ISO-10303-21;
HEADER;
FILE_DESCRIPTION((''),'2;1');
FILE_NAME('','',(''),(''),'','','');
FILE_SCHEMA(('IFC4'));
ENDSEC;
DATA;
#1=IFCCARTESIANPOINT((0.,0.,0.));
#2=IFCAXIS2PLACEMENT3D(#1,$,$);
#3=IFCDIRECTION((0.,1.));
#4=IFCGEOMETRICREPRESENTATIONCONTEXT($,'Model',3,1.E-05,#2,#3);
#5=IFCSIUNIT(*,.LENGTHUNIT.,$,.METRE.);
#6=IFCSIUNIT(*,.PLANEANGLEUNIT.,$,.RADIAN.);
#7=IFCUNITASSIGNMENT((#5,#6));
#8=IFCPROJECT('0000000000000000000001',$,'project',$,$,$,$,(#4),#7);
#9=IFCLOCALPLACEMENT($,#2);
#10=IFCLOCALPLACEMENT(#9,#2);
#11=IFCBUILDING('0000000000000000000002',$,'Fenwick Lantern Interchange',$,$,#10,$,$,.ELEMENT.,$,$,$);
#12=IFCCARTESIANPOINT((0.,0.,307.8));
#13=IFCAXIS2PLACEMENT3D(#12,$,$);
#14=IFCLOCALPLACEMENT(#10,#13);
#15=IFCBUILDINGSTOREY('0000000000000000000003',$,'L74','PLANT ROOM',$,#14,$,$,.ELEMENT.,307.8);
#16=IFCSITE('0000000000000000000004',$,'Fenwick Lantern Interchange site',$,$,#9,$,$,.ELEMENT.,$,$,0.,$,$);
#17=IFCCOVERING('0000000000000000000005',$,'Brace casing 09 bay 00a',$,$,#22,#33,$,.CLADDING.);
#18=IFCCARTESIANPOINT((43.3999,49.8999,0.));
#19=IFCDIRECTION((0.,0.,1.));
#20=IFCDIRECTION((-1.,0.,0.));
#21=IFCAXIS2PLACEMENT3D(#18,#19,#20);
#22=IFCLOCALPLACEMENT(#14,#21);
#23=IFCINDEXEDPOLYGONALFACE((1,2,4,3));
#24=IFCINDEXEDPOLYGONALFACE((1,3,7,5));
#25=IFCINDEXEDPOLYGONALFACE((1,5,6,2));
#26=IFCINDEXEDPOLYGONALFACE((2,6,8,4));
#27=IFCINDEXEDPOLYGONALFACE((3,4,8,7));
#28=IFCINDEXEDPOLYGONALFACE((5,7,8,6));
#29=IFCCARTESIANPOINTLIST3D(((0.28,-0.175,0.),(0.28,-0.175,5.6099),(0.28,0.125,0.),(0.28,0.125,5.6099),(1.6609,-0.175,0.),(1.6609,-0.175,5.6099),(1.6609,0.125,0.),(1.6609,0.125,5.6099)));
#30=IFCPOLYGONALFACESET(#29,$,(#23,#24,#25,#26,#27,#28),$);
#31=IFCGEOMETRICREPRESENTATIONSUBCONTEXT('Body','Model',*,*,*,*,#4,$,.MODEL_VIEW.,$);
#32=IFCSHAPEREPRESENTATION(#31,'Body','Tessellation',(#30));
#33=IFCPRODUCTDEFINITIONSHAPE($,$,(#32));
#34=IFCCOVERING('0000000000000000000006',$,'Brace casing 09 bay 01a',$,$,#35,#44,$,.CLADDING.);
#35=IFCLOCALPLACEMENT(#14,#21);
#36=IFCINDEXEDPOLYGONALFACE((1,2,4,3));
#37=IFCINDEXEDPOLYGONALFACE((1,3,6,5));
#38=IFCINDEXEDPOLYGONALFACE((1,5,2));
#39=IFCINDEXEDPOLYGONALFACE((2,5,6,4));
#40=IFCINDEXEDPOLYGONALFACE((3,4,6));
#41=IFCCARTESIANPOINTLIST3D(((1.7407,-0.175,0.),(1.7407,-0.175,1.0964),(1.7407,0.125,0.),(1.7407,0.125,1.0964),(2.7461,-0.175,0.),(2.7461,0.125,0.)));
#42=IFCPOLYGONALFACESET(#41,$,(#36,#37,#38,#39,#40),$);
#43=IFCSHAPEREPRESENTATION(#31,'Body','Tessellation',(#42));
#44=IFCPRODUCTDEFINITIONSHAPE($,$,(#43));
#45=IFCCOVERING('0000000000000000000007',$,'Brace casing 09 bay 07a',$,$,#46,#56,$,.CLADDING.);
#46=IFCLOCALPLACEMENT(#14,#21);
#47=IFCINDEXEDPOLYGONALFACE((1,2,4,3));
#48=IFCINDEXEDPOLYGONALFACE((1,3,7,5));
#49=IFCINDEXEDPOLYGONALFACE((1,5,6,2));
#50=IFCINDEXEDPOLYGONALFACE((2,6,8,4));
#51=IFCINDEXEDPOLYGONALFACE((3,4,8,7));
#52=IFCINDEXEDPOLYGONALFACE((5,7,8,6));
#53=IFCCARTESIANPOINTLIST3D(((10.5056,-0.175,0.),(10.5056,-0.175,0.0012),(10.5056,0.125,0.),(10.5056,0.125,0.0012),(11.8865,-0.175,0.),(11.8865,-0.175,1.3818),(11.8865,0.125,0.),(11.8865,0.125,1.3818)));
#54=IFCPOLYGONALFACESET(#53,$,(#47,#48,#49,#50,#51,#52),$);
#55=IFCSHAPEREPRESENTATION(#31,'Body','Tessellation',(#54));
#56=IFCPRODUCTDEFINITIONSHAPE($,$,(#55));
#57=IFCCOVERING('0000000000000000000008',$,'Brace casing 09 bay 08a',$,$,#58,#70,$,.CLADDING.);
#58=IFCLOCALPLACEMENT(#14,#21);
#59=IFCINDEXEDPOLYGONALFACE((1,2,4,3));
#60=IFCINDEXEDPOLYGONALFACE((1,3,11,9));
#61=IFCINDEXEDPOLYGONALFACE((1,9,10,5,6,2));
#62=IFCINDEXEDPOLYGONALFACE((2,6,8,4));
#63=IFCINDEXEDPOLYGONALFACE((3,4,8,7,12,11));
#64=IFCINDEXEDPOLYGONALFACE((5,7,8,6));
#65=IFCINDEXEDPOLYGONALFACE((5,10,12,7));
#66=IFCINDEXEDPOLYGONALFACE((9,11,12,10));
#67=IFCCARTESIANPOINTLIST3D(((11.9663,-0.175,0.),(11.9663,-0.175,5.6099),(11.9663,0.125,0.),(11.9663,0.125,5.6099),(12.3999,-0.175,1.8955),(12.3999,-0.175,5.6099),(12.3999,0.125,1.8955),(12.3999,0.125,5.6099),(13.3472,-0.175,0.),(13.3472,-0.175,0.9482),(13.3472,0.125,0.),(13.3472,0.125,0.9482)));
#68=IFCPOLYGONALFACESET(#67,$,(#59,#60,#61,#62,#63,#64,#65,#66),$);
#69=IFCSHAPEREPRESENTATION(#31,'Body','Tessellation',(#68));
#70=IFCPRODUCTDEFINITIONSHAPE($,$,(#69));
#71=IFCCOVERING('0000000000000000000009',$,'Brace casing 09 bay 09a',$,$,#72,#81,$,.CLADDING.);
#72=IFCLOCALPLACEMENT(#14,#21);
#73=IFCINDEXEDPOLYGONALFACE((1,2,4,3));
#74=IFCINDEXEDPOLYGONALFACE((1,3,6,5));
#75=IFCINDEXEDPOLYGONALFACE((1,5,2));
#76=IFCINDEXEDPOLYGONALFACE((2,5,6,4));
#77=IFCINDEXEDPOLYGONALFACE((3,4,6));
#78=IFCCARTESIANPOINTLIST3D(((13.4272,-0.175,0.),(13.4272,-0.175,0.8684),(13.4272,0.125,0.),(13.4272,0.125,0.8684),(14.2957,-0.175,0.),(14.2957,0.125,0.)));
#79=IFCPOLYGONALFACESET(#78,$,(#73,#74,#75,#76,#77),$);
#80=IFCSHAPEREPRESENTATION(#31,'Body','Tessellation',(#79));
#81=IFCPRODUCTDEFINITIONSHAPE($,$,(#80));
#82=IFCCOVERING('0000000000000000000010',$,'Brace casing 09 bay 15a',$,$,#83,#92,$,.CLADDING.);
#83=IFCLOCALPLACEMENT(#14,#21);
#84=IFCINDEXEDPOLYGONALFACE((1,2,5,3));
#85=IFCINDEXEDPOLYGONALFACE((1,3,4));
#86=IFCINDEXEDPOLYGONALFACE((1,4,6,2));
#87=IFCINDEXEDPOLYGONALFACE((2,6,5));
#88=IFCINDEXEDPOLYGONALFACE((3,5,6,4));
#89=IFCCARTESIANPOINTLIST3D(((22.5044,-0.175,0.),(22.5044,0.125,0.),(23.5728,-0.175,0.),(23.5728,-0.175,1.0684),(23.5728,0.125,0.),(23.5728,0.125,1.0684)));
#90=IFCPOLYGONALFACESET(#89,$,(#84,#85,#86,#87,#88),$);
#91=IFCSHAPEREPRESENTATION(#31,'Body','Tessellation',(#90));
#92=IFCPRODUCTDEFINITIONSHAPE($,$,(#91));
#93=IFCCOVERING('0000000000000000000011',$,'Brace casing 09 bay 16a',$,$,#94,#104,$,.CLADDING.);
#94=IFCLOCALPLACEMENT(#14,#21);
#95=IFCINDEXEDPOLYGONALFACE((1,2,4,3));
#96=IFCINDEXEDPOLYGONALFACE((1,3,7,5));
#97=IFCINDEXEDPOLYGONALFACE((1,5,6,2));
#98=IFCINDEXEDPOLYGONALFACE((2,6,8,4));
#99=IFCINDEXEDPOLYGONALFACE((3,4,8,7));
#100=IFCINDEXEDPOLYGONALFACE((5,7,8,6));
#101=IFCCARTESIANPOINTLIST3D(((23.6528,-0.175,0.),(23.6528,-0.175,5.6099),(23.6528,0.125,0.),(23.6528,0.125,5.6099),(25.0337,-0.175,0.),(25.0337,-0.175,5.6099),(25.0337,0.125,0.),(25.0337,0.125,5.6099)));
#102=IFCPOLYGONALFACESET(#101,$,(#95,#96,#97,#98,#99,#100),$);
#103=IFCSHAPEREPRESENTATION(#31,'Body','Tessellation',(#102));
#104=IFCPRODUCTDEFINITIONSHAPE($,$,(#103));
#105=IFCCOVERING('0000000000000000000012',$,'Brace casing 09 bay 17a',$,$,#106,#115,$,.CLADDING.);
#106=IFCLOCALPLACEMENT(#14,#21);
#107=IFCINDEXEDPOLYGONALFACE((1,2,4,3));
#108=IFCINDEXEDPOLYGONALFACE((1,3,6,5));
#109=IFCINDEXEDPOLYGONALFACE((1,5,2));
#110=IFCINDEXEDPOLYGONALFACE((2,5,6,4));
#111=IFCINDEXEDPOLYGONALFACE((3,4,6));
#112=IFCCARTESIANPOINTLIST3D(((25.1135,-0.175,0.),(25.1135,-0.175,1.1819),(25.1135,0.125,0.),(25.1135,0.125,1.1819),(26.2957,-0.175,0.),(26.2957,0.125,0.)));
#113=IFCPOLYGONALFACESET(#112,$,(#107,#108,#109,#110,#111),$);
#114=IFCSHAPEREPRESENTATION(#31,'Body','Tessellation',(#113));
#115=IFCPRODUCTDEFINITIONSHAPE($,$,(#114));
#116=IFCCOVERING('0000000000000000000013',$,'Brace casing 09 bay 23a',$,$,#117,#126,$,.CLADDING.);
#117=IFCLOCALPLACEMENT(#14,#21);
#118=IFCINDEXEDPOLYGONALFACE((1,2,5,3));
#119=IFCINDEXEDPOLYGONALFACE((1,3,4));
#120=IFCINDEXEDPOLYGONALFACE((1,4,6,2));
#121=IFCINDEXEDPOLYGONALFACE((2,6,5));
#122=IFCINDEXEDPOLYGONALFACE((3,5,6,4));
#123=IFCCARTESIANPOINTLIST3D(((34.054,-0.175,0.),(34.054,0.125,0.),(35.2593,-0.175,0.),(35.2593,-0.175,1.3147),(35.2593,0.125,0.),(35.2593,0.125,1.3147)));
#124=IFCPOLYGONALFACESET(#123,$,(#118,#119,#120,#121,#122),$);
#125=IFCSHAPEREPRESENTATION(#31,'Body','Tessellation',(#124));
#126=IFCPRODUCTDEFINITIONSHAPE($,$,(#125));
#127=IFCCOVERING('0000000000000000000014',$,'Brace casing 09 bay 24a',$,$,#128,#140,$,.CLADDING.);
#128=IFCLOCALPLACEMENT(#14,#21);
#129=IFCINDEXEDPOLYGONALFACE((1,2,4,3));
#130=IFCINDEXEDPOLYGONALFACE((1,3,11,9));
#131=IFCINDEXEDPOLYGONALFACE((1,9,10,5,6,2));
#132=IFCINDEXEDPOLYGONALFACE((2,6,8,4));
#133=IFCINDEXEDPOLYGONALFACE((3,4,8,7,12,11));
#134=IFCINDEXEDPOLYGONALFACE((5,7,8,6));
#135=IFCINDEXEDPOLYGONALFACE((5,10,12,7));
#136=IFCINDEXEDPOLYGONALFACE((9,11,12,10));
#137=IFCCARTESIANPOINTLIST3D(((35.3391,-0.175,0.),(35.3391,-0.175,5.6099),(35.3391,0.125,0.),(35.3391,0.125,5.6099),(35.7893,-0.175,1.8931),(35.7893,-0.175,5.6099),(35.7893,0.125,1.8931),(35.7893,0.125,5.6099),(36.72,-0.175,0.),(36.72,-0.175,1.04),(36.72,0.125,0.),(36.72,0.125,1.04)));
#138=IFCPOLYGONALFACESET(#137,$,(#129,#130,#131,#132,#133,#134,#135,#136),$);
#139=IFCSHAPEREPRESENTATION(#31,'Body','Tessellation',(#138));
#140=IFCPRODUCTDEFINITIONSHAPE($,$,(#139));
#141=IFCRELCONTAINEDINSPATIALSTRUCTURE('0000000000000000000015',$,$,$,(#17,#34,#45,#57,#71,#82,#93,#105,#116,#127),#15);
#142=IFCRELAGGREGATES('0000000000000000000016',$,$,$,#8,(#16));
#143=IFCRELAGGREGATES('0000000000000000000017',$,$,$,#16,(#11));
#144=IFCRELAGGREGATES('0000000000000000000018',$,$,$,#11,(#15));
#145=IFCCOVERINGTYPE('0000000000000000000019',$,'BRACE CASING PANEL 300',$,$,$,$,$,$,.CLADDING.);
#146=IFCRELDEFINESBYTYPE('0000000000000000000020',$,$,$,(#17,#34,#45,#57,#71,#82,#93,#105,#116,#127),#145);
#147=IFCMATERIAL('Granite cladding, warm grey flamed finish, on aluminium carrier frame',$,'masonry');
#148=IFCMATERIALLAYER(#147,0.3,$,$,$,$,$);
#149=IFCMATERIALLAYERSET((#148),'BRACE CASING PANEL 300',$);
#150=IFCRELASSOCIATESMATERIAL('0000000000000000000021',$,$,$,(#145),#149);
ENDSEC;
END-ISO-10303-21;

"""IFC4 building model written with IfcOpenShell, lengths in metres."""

from ifc_helpers import new_model, si_unit, direction, frame, origin, place, context, subcontext, project, spatial, polyline, outline, extrude, material, layer, layer_set, type_object, element, save


model = new_model("IFC4")

# Units and contexts
model_context = context("Model", 3, precision=1e-05, world=origin(), true_north=direction((0.0, 1.0)))
body_context = subcontext(model_context, "Body", "Model", "MODEL_VIEW")
ifc_project = project(units=[si_unit("LENGTHUNIT", "METRE"), si_unit("PLANEANGLEUNIT", "RADIAN")], contexts=[model_context])

# Site, building, storey
site_placement = place(None, origin())
site = spatial("IfcSite", under=ifc_project, at=site_placement, Name="Fenwick Lantern Interchange site", CompositionType="ELEMENT", RefElevation=0.0)
building_placement = place(site_placement, origin())
building = spatial("IfcBuilding", under=site, at=building_placement, Name="Fenwick Lantern Interchange", CompositionType="ELEMENT")
storey_placement = place(building_placement, frame((0.0, 0.0, 307.8)))
storey = spatial("IfcBuildingStorey", under=building, at=storey_placement, Name="L74", Description="PLANT ROOM", CompositionType="ELEMENT", Elevation=307.8)

# Coverings
ifc_material_1 = material(Name="Granite cladding, warm grey flamed finish, on aluminium carrier frame", Category="masonry")
ifc_layer_1 = layer(ifc_material_1, 0.3)
ifc_layer_set_1 = layer_set([ifc_layer_1], Name="BRACE CASING PANEL 300")
covering_type = type_object("IfcCoveringType", Name="BRACE CASING PANEL 300", PredefinedType="CLADDING", material=ifc_layer_set_1)
covering_1_placement = place(storey_placement, frame((43.3999, 49.8999, 0.0), z_axis=(0.0, 0.0, 1.0), x_axis=(-1.0, 0.0, 0.0)))
element("IfcCovering", 1, at=covering_1_placement, inside=storey, type_object=covering_type, Name="Brace casing 09 bay 00a", PredefinedType="CLADDING", context=body_context, shape_type="SweptSolid", body=[
    extrude(outline(polyline([(0.28, 0.0), (1.6609, 0.0), (1.6609, 5.6099), (0.28, 5.6099), (0.28, 0.0)])), frame((0.0, 0.125, 0.0), z_axis=(0.0, -1.0, 0.0), x_axis=(1.0, 0.0, 0.0)), (0.0, 0.0, 1.0), 0.3),
])
covering_2_placement = place(storey_placement, frame((43.3999, 49.8999, 0.0), z_axis=(0.0, 0.0, 1.0), x_axis=(-1.0, 0.0, 0.0)))
element("IfcCovering", 2, at=covering_2_placement, inside=storey, type_object=covering_type, Name="Brace casing 09 bay 01a", PredefinedType="CLADDING", context=body_context, shape_type="SweptSolid", body=[
    extrude(outline(polyline([(1.7407, 0.0), (2.7461, 0.0), (1.7407, 1.0964), (1.7407, 0.0)])), frame((0.0, 0.125, 0.0), z_axis=(0.0, -1.0, 0.0), x_axis=(1.0, 0.0, 0.0)), (0.0, 0.0, 1.0), 0.3),
])
covering_3_placement = place(storey_placement, frame((43.3999, 49.8999, 0.0), z_axis=(0.0, 0.0, 1.0), x_axis=(-1.0, 0.0, 0.0)))
element("IfcCovering", 3, at=covering_3_placement, inside=storey, type_object=covering_type, Name="Brace casing 09 bay 07a", PredefinedType="CLADDING", context=body_context, shape_type="SweptSolid", body=[
    extrude(outline(polyline([(10.5056, 0.0), (11.8865, 0.0), (11.8865, 1.3818), (10.5056, 0.0012), (10.5056, 0.0)])), frame((0.0, 0.125, 0.0), z_axis=(0.0, -1.0, 0.0), x_axis=(1.0, 0.0, 0.0)), (0.0, 0.0, 1.0), 0.3),
])
covering_4_placement = place(storey_placement, frame((43.3999, 49.8999, 0.0), z_axis=(0.0, 0.0, 1.0), x_axis=(-1.0, 0.0, 0.0)))
element("IfcCovering", 4, at=covering_4_placement, inside=storey, type_object=covering_type, Name="Brace casing 09 bay 08a", PredefinedType="CLADDING", context=body_context, shape_type="SweptSolid", body=[
    extrude(outline(polyline([(11.9663, 0.0), (13.3472, 0.0), (13.3472, 0.9482), (12.3999, 1.8955), (12.3999, 5.6099), (11.9663, 5.6099), (11.9663, 0.0)])), frame((0.0, 0.125, 0.0), z_axis=(0.0, -1.0, 0.0), x_axis=(1.0, 0.0, 0.0)), (0.0, 0.0, 1.0), 0.3),
])
covering_5_placement = place(storey_placement, frame((43.3999, 49.8999, 0.0), z_axis=(0.0, 0.0, 1.0), x_axis=(-1.0, 0.0, 0.0)))
element("IfcCovering", 5, at=covering_5_placement, inside=storey, type_object=covering_type, Name="Brace casing 09 bay 09a", PredefinedType="CLADDING", context=body_context, shape_type="SweptSolid", body=[
    extrude(outline(polyline([(13.4272, 0.0), (14.2957, 0.0), (13.4272, 0.8684), (13.4272, 0.0)])), frame((0.0, 0.125, 0.0), z_axis=(0.0, -1.0, 0.0), x_axis=(1.0, 0.0, 0.0)), (0.0, 0.0, 1.0), 0.3),
])
covering_6_placement = place(storey_placement, frame((43.3999, 49.8999, 0.0), z_axis=(0.0, 0.0, 1.0), x_axis=(-1.0, 0.0, 0.0)))
element("IfcCovering", 6, at=covering_6_placement, inside=storey, type_object=covering_type, Name="Brace casing 09 bay 15a", PredefinedType="CLADDING", context=body_context, shape_type="SweptSolid", body=[
    extrude(outline(polyline([(22.5044, 0.0), (23.5728, 0.0), (23.5728, 1.0684), (22.5044, 0.0)])), frame((0.0, 0.125, 0.0), z_axis=(0.0, -1.0, 0.0), x_axis=(1.0, 0.0, 0.0)), (0.0, 0.0, 1.0), 0.3),
])
covering_7_placement = place(storey_placement, frame((43.3999, 49.8999, 0.0), z_axis=(0.0, 0.0, 1.0), x_axis=(-1.0, 0.0, 0.0)))
element("IfcCovering", 7, at=covering_7_placement, inside=storey, type_object=covering_type, Name="Brace casing 09 bay 16a", PredefinedType="CLADDING", context=body_context, shape_type="SweptSolid", body=[
    extrude(outline(polyline([(23.6528, 0.0), (25.0337, 0.0), (25.0337, 5.6099), (23.6528, 5.6099), (23.6528, 0.0)])), frame((0.0, 0.125, 0.0), z_axis=(0.0, -1.0, 0.0), x_axis=(1.0, 0.0, 0.0)), (0.0, 0.0, 1.0), 0.3),
])
covering_8_placement = place(storey_placement, frame((43.3999, 49.8999, 0.0), z_axis=(0.0, 0.0, 1.0), x_axis=(-1.0, 0.0, 0.0)))
element("IfcCovering", 8, at=covering_8_placement, inside=storey, type_object=covering_type, Name="Brace casing 09 bay 17a", PredefinedType="CLADDING", context=body_context, shape_type="SweptSolid", body=[
    extrude(outline(polyline([(25.1135, 0.0), (26.2957, 0.0), (25.1135, 1.1819), (25.1135, 0.0)])), frame((0.0, 0.125, 0.0), z_axis=(0.0, -1.0, 0.0), x_axis=(1.0, 0.0, 0.0)), (0.0, 0.0, 1.0), 0.3),
])
covering_9_placement = place(storey_placement, frame((43.3999, 49.8999, 0.0), z_axis=(0.0, 0.0, 1.0), x_axis=(-1.0, 0.0, 0.0)))
element("IfcCovering", 9, at=covering_9_placement, inside=storey, type_object=covering_type, Name="Brace casing 09 bay 23a", PredefinedType="CLADDING", context=body_context, shape_type="SweptSolid", body=[
    extrude(outline(polyline([(34.054, 0.0), (35.2593, 0.0), (35.2593, 1.3147), (34.054, 0.0)])), frame((0.0, 0.125, 0.0), z_axis=(0.0, -1.0, 0.0), x_axis=(1.0, 0.0, 0.0)), (0.0, 0.0, 1.0), 0.3),
])
covering_10_placement = place(storey_placement, frame((43.3999, 49.8999, 0.0), z_axis=(0.0, 0.0, 1.0), x_axis=(-1.0, 0.0, 0.0)))
element("IfcCovering", 10, at=covering_10_placement, inside=storey, type_object=covering_type, Name="Brace casing 09 bay 24a", PredefinedType="CLADDING", context=body_context, shape_type="SweptSolid", body=[
    extrude(outline(polyline([(35.3391, 0.0), (36.72, 0.0), (36.72, 1.04), (35.7893, 1.8931), (35.7893, 5.6099), (35.3391, 5.6099), (35.3391, 0.0)])), frame((0.0, 0.125, 0.0), z_axis=(0.0, -1.0, 0.0), x_axis=(1.0, 0.0, 0.0)), (0.0, 0.0, 1.0), 0.3),
])

save(model, "model.ifc")
